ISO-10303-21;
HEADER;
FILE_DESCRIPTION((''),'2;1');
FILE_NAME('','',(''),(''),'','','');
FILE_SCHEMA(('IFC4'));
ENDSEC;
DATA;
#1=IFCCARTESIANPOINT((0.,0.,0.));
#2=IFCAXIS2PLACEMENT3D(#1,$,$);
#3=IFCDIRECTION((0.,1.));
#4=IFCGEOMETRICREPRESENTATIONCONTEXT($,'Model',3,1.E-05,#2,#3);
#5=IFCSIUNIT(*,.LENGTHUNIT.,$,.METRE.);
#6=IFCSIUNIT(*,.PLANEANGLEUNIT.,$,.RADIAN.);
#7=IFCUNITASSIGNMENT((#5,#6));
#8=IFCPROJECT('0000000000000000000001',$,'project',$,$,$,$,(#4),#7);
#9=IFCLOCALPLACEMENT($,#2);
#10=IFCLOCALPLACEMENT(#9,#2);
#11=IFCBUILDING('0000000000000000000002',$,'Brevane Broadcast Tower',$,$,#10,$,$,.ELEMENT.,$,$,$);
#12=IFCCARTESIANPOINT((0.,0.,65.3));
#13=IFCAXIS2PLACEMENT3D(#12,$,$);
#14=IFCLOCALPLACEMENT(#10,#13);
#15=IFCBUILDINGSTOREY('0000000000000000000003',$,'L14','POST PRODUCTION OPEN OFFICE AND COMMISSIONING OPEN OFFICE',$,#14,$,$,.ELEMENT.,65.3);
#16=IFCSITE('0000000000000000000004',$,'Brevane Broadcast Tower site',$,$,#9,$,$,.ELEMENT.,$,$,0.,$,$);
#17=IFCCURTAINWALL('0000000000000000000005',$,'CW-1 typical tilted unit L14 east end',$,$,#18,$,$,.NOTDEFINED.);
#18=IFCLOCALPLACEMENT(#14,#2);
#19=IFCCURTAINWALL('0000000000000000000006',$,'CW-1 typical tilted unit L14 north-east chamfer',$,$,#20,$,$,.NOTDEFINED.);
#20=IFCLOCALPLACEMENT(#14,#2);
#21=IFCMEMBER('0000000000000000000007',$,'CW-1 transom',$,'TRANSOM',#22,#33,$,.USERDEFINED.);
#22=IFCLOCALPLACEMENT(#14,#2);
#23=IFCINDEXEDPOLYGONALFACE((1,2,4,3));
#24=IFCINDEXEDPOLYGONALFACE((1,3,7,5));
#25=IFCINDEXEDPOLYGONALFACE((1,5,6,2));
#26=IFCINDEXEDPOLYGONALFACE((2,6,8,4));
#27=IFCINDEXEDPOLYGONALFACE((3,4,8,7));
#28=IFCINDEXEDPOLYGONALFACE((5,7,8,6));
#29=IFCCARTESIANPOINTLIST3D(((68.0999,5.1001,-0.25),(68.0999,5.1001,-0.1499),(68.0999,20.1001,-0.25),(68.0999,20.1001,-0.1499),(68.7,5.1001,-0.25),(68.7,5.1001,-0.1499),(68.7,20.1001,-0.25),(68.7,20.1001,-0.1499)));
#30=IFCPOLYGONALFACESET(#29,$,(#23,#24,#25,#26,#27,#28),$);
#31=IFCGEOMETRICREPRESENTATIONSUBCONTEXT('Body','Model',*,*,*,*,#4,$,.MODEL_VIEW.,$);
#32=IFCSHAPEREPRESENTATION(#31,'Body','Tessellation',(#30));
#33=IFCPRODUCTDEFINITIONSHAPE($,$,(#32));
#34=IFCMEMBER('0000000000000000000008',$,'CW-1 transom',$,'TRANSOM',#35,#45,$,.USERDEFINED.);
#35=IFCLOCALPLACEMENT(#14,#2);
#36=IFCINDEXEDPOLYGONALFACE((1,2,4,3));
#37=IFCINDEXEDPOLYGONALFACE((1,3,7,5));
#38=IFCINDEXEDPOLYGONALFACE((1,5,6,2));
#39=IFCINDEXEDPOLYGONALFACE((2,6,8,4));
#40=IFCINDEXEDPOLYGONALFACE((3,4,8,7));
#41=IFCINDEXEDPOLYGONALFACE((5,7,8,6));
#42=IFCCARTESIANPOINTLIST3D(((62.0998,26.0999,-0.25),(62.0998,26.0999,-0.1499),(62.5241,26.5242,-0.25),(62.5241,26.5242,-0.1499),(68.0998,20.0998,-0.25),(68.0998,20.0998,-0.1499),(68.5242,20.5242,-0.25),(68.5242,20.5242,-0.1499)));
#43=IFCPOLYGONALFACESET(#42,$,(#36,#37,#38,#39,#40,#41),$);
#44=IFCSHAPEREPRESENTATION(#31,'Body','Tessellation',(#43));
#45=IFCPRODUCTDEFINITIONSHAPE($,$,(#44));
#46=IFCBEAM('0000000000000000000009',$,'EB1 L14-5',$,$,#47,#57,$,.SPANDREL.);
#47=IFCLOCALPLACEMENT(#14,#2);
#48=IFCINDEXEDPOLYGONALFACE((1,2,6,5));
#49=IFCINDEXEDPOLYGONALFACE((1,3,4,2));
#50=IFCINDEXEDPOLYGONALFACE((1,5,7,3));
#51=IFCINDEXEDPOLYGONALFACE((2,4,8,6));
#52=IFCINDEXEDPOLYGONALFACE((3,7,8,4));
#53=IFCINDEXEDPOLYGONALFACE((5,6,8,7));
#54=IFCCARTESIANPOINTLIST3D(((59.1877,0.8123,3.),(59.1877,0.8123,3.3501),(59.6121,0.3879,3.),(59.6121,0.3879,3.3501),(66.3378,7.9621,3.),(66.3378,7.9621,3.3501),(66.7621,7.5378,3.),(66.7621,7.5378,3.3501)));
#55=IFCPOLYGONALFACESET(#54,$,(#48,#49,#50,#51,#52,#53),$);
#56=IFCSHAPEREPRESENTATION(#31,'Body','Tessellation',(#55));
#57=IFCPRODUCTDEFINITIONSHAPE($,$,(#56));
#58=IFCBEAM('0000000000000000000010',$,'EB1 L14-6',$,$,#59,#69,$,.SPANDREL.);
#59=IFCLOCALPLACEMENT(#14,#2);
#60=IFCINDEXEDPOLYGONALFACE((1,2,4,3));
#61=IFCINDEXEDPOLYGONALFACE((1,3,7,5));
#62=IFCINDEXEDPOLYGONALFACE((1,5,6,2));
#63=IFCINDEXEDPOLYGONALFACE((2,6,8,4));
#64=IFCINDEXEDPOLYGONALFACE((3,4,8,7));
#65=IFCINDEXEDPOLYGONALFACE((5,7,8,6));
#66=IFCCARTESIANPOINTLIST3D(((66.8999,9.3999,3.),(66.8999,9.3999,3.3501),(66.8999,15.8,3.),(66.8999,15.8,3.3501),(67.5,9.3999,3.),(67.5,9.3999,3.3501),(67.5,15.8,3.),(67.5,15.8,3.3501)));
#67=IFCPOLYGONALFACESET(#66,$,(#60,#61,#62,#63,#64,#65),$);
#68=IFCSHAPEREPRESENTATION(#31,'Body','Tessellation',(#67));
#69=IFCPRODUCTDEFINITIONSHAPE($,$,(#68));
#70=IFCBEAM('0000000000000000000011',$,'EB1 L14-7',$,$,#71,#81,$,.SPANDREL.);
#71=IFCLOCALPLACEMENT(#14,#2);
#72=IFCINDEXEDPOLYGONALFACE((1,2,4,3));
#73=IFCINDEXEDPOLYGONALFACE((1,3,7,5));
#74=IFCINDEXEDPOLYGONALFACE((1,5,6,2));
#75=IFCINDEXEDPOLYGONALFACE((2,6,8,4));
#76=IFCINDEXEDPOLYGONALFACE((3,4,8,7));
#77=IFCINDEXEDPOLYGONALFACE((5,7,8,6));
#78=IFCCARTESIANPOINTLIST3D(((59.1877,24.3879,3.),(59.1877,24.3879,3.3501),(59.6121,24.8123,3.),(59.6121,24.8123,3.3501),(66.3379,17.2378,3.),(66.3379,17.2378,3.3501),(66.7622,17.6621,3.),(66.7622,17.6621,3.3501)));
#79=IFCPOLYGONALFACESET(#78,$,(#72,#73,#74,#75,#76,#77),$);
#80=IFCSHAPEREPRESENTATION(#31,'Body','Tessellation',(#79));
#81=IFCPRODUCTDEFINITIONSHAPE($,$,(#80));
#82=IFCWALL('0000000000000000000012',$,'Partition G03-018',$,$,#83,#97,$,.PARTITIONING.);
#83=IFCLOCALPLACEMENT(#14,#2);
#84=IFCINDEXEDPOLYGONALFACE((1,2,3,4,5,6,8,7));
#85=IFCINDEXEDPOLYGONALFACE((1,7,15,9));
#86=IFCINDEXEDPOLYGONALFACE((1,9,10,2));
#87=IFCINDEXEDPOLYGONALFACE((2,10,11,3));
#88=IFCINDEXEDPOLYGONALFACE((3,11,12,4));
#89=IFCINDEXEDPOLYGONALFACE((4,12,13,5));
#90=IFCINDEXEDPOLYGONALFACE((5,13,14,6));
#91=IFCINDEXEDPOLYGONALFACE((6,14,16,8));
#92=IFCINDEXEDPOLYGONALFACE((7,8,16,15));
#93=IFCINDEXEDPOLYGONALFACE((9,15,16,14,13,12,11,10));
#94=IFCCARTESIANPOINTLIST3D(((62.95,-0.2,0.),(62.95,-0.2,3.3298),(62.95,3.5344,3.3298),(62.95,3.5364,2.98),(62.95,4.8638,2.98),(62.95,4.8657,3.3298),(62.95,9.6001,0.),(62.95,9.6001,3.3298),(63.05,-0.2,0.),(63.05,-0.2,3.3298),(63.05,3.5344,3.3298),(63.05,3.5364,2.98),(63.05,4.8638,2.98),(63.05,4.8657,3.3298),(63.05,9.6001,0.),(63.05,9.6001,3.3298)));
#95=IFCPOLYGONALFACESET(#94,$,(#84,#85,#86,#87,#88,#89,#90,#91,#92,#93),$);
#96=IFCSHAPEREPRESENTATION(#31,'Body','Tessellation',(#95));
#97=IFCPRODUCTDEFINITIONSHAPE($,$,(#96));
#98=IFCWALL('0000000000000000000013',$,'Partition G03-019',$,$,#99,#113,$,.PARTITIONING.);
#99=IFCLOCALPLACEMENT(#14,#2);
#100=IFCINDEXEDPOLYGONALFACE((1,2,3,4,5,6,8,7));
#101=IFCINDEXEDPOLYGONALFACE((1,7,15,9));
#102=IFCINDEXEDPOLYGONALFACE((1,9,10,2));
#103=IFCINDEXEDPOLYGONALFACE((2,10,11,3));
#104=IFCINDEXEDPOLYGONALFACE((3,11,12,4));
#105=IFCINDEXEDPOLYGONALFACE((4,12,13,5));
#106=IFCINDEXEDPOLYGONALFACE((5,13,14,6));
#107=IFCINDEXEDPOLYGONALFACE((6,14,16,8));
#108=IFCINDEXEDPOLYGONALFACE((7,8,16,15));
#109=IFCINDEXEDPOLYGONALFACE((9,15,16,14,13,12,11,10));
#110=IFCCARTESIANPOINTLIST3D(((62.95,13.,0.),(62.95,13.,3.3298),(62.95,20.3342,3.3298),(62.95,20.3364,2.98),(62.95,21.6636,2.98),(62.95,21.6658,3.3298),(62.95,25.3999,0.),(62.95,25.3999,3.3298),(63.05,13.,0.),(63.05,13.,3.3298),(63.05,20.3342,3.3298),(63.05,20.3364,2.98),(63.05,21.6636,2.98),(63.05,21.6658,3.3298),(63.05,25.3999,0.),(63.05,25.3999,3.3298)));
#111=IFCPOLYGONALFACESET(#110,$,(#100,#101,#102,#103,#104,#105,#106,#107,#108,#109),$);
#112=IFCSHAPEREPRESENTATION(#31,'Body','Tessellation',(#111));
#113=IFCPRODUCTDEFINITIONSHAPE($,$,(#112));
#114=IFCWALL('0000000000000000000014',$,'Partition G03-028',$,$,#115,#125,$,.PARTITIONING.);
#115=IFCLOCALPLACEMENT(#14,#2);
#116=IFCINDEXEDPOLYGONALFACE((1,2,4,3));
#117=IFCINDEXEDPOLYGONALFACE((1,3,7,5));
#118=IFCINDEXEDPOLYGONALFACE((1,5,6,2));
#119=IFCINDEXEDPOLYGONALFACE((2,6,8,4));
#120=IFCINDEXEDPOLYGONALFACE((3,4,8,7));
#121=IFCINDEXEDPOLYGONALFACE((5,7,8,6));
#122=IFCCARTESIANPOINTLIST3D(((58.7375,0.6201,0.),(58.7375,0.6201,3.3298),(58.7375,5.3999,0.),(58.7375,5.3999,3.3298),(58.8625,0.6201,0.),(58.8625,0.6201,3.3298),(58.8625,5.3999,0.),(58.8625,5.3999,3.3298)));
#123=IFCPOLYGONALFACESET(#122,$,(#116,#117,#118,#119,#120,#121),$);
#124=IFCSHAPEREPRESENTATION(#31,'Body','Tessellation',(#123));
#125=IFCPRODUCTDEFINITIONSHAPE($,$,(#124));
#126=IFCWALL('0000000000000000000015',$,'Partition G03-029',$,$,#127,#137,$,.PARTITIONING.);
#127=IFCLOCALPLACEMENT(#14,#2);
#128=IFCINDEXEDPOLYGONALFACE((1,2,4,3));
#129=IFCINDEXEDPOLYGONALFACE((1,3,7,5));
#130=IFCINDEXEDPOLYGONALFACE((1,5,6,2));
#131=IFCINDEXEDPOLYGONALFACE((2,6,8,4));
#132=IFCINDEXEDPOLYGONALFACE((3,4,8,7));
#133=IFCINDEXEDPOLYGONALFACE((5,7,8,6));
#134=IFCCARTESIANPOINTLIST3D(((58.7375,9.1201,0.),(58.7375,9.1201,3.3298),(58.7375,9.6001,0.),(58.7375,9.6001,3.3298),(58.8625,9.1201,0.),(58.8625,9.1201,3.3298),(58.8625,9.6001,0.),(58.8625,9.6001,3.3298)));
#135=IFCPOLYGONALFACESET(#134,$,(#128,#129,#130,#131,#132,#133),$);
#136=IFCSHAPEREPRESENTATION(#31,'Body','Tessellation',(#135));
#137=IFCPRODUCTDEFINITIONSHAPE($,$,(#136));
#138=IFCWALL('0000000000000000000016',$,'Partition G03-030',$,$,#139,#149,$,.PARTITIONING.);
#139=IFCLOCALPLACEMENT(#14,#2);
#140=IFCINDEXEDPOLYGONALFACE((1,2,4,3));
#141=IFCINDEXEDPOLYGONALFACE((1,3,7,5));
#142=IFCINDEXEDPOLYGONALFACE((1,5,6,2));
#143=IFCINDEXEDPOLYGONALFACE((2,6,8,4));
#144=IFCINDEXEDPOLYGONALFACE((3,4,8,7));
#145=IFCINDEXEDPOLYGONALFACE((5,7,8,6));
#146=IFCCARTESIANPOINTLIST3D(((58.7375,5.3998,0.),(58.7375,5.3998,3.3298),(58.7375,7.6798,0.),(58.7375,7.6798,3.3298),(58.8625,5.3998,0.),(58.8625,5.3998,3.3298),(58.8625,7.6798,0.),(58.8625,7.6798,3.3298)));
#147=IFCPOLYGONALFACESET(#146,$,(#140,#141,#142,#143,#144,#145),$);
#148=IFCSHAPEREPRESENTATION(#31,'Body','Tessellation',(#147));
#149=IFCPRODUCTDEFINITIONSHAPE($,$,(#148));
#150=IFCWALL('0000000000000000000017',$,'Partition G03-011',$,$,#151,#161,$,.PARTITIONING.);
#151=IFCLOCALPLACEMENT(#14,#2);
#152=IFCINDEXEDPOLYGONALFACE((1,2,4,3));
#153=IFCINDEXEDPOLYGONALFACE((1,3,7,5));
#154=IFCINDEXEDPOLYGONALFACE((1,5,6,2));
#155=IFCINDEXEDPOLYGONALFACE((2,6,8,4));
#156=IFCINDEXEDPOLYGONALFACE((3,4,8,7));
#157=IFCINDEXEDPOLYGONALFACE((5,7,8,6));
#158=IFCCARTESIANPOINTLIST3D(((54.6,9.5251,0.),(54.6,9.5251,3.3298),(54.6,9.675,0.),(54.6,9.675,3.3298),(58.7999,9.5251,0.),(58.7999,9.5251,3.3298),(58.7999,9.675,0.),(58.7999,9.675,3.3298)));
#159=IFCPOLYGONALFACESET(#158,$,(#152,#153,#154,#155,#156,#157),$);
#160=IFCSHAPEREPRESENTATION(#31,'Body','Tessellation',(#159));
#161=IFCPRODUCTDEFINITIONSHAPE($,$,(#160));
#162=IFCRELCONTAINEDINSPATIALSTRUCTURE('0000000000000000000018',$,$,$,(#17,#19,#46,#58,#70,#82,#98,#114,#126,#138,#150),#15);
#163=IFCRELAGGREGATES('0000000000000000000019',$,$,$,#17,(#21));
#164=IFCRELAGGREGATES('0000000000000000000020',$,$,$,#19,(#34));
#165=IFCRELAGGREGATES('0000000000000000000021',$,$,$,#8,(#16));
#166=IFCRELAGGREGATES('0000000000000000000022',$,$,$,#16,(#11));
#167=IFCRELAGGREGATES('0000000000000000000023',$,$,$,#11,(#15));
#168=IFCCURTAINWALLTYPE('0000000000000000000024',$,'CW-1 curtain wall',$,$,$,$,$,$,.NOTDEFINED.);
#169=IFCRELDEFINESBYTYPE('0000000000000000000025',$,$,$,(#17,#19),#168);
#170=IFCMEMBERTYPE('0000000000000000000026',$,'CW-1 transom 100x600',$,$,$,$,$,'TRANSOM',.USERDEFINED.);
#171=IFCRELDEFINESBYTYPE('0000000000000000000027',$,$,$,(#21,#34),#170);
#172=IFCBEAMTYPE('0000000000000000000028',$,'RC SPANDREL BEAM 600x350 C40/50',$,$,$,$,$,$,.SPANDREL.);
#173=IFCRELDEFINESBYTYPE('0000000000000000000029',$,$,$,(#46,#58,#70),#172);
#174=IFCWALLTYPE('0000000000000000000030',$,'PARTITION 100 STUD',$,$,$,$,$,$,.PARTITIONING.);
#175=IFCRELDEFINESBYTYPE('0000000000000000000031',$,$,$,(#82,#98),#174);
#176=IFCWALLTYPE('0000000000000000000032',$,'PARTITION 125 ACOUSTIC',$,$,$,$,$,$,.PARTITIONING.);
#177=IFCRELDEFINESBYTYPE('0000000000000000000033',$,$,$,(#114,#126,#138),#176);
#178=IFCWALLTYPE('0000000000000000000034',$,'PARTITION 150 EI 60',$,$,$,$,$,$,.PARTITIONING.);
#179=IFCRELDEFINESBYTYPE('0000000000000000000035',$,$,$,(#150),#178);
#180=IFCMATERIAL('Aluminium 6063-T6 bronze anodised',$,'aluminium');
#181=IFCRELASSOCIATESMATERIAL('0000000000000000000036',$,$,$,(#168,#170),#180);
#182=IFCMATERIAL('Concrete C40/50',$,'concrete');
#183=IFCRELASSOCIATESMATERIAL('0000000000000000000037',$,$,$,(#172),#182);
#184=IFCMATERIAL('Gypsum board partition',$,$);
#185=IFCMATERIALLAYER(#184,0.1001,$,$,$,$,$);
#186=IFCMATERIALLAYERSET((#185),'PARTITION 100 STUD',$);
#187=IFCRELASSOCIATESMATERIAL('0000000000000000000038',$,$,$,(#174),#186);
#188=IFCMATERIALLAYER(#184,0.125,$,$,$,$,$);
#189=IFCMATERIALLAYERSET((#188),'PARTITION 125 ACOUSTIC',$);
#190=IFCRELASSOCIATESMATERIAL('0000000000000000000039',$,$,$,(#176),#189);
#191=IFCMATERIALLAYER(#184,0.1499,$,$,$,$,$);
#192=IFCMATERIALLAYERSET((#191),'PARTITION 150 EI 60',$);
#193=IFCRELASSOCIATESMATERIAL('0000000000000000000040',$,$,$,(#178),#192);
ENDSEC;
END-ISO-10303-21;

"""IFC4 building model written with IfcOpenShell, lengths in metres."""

from ifc_helpers import new_model, si_unit, direction, frame, frame_2d, origin, origin_2d, place, context, subcontext, project, spatial, polyline, rectangle, outline, extrude, material, layer, layer_set, material_profile, profile_set, type_object, element, aggregate, save


model = new_model("IFC4")

# Units and contexts
model_context = context("Model", 3, precision=1e-05, world=origin(), true_north=direction((0.0, 1.0)))
body_context = subcontext(model_context, "Body", "Model", "MODEL_VIEW")
ifc_project = project(units=[si_unit("LENGTHUNIT", "METRE"), si_unit("PLANEANGLEUNIT", "RADIAN")], contexts=[model_context])

# Site, building, storey
site_placement = place(None, origin())
site = spatial("IfcSite", under=ifc_project, at=site_placement, Name="Brevane Broadcast Tower site", CompositionType="ELEMENT", RefElevation=0.0)
building_placement = place(site_placement, origin())
building = spatial("IfcBuilding", under=site, at=building_placement, Name="Brevane Broadcast Tower", CompositionType="ELEMENT")
storey_placement = place(building_placement, frame((0.0, 0.0, 65.3)))
storey = spatial("IfcBuildingStorey", under=building, at=storey_placement, Name="L14", Description="POST PRODUCTION OPEN OFFICE AND COMMISSIONING OPEN OFFICE", CompositionType="ELEMENT", Elevation=65.3)

# Shared definitions
ifc_material_1 = material(Name="Aluminium 6063-T6 bronze anodised", Category="aluminium")
curtain_wall_type = type_object("IfcCurtainWallType", Name="CW-1 curtain wall", PredefinedType="NOTDEFINED", material=ifc_material_1)

# Curtain wall
curtain_wall_1_placement = place(storey_placement, origin())
curtain_wall_1 = element("IfcCurtainWall", 1, at=curtain_wall_1_placement, inside=storey, type_object=curtain_wall_type, Name="CW-1 typical tilted unit L14 east end", PredefinedType="NOTDEFINED")

# Curtain wall
curtain_wall_2_placement = place(storey_placement, origin())
curtain_wall_2 = element("IfcCurtainWall", 2, at=curtain_wall_2_placement, inside=storey, type_object=curtain_wall_type, Name="CW-1 typical tilted unit L14 north-east chamfer", PredefinedType="NOTDEFINED")

# Members
ifc_material_profile_1 = material_profile(ifc_material_1, rectangle(XDim=0.6001, YDim=0.1001, at=origin_2d()), Name="RECT 100x600")
ifc_profile_set_1 = profile_set([ifc_material_profile_1], Name="Aluminium 6063-T6 bronze anodised")
member_type_1 = type_object("IfcMemberType", Name="CW-1 transom 100x600", ElementType="TRANSOM", PredefinedType="USERDEFINED", material=ifc_profile_set_1)
member_1_placement = place(storey_placement, frame((68.3999, 5.1001, -0.2), z_axis=(0.0, 1.0, 0.0), x_axis=(-1.0, 0.0, 0.0)))
member_1 = element("IfcMember", 3, at=member_1_placement, type_object=member_type_1, Name="CW-1 transom", ObjectType="TRANSOM", PredefinedType="USERDEFINED", context=body_context, shape_type="SweptSolid", body=[
    extrude(rectangle(XDim=0.6001, YDim=0.1001, at=origin_2d()), origin(), (0.0, 0.0, 1.0), 15.0),
])
aggregate(curtain_wall_1, [member_1])
member_2_placement = place(storey_placement, frame((68.312, 20.312, -0.2), z_axis=(-0.707107, 0.707107, 0.0), x_axis=(-0.707107, -0.707107, 0.0)))
member_2 = element("IfcMember", 4, at=member_2_placement, type_object=member_type_1, Name="CW-1 transom", ObjectType="TRANSOM", PredefinedType="USERDEFINED", context=body_context, shape_type="SweptSolid", body=[
    extrude(rectangle(XDim=0.6001, YDim=0.1001, at=origin_2d()), origin(), (0.0, 0.0, 1.0), 8.4854),
])
aggregate(curtain_wall_2, [member_2])

# Beams
ifc_material_2 = material(Name="Concrete C40/50", Category="concrete")
ifc_material_profile_2 = material_profile(ifc_material_2, rectangle(XDim=0.6001, YDim=0.3501, at=origin_2d()), Name="RC 600x350")
ifc_profile_set_2 = profile_set([ifc_material_profile_2], Name="Concrete C40/50")
beam_type = type_object("IfcBeamType", Name="RC SPANDREL BEAM 600x350 C40/50", PredefinedType="SPANDREL", material=ifc_profile_set_2)
beam_1_placement = place(storey_placement, frame((59.3999, 0.6001, 3.175), z_axis=(0.707119, 0.707095, 0.0), x_axis=(-0.707095, 0.707119, 0.0)))
element("IfcBeam", 5, at=beam_1_placement, inside=storey, type_object=beam_type, Name="EB1 L14-5", PredefinedType="SPANDREL", context=body_context, shape_type="SweptSolid", body=[
    extrude(rectangle(XDim=0.6001, YDim=0.3501, at=origin_2d()), origin(), (0.0, 0.0, 1.0), 10.1116),
])
beam_2_placement = place(storey_placement, frame((67.2, 9.3999, 3.175), z_axis=(0.0, 1.0, 0.0), x_axis=(-1.0, 0.0, 0.0)))
element("IfcBeam", 6, at=beam_2_placement, inside=storey, type_object=beam_type, Name="EB1 L14-6", PredefinedType="SPANDREL", context=body_context, shape_type="SweptSolid", body=[
    extrude(rectangle(XDim=0.6001, YDim=0.3501, at=origin_2d()), origin(), (0.0, 0.0, 1.0), 6.4001),
])
beam_3_placement = place(storey_placement, frame((66.55, 17.45, 3.175), z_axis=(-0.707107, 0.707107, 0.0), x_axis=(-0.707107, -0.707107, 0.0)))
element("IfcBeam", 7, at=beam_3_placement, inside=storey, type_object=beam_type, Name="EB1 L14-7", PredefinedType="SPANDREL", context=body_context, shape_type="SweptSolid", body=[
    extrude(rectangle(XDim=0.6001, YDim=0.3501, at=origin_2d()), origin(), (0.0, 0.0, 1.0), 10.1118),
])

# Walls
ifc_material_3 = material(Name="Gypsum board partition")
ifc_layer_1 = layer(ifc_material_3, 0.1001)
ifc_layer_set_1 = layer_set([ifc_layer_1], Name="PARTITION 100 STUD")
wall_type_1 = type_object("IfcWallType", Name="PARTITION 100 STUD", PredefinedType="PARTITIONING", material=ifc_layer_set_1)
wall_1_placement = place(storey_placement, frame((63.0, -0.2, 0.0), z_axis=(0.0, 0.0, 1.0), x_axis=(0.0, 1.0, 0.0)))
element("IfcWall", 8, at=wall_1_placement, inside=storey, type_object=wall_type_1, Name="Partition G03-018", PredefinedType="PARTITIONING", context=body_context, shape_type="SweptSolid", body=[
    extrude(outline(polyline([(0.0, 0.0), (9.8, 0.0), (9.8, 3.3298), (5.0657, 3.3298), (5.0637, 2.98), (3.7363, 2.98), (3.7344, 3.3298), (0.0, 3.3298), (0.0, 0.0)])), frame((0.0, 0.05, 0.0), z_axis=(0.0, -1.0, 0.0), x_axis=(1.0, 0.0, 0.0)), (0.0, 0.0, 1.0), 0.1001),
])
wall_2_placement = place(storey_placement, frame((63.0, 13.0, 0.0), z_axis=(0.0, 0.0, 1.0), x_axis=(0.0, 1.0, 0.0)))
element("IfcWall", 9, at=wall_2_placement, inside=storey, type_object=wall_type_1, Name="Partition G03-019", PredefinedType="PARTITIONING", context=body_context, shape_type="SweptSolid", body=[
    extrude(outline(polyline([(0.0, 0.0), (12.3999, 0.0), (12.3999, 3.3298), (8.6658, 3.3298), (8.6636, 2.98), (7.3364, 2.98), (7.3342, 3.3298), (0.0, 3.3298), (0.0, 0.0)])), frame((0.0, 0.05, 0.0), z_axis=(0.0, -1.0, 0.0), x_axis=(1.0, 0.0, 0.0)), (0.0, 0.0, 1.0), 0.1001),
])
ifc_layer_2 = layer(ifc_material_3, 0.125)
ifc_layer_set_2 = layer_set([ifc_layer_2], Name="PARTITION 125 ACOUSTIC")
wall_type_2 = type_object("IfcWallType", Name="PARTITION 125 ACOUSTIC", PredefinedType="PARTITIONING", material=ifc_layer_set_2)
wall_3_placement = place(storey_placement, frame((58.8, 5.3999, 0.0), z_axis=(0.0, 0.0, 1.0), x_axis=(0.0, -1.0, 0.0)))
element("IfcWall", 10, at=wall_3_placement, inside=storey, type_object=wall_type_2, Name="Partition G03-028", PredefinedType="PARTITIONING", context=body_context, shape_type="SweptSolid", body=[
    extrude(rectangle(XDim=4.7798, YDim=0.125, at=frame_2d((2.3899, 0.0))), origin(), (0.0, 0.0, 1.0), 3.3298),
])
wall_4_placement = place(storey_placement, frame((58.8, 9.6001, 0.0), z_axis=(0.0, 0.0, 1.0), x_axis=(0.0, -1.0, 0.0)))
element("IfcWall", 11, at=wall_4_placement, inside=storey, type_object=wall_type_2, Name="Partition G03-029", PredefinedType="PARTITIONING", context=body_context, shape_type="SweptSolid", body=[
    extrude(rectangle(XDim=0.48, YDim=0.125, at=frame_2d((0.24, 0.0))), origin(), (0.0, 0.0, 1.0), 3.3298),
])
wall_5_placement = place(storey_placement, frame((58.8, 7.6799, 0.0), z_axis=(0.0, 0.0, 1.0), x_axis=(0.0, -1.0, 0.0)))
element("IfcWall", 12, at=wall_5_placement, inside=storey, type_object=wall_type_2, Name="Partition G03-030", PredefinedType="PARTITIONING", context=body_context, shape_type="SweptSolid", body=[
    extrude(rectangle(XDim=2.28, YDim=0.125, at=frame_2d((1.1401, 0.0))), origin(), (0.0, 0.0, 1.0), 3.3298),
])

# Shared definitions
ifc_layer_3 = layer(ifc_material_3, 0.1499)
ifc_layer_set_3 = layer_set([ifc_layer_3], Name="PARTITION 150 EI 60")
wall_type_3 = type_object("IfcWallType", Name="PARTITION 150 EI 60", PredefinedType="PARTITIONING", material=ifc_layer_set_3)

# Wall
wall_6_placement = place(storey_placement, frame((58.8, 9.6001, 0.0), z_axis=(0.0, 0.0, 1.0), x_axis=(-1.0, 0.0, 0.0)))
element("IfcWall", 13, at=wall_6_placement, inside=storey, type_object=wall_type_3, Name="Partition G03-011", PredefinedType="PARTITIONING", context=body_context, shape_type="SweptSolid", body=[
    extrude(rectangle(XDim=4.2, YDim=0.1499, at=frame_2d((2.1001, 0.0))), origin(), (0.0, 0.0, 1.0), 3.3298),
])

save(model, "model.ifc")
